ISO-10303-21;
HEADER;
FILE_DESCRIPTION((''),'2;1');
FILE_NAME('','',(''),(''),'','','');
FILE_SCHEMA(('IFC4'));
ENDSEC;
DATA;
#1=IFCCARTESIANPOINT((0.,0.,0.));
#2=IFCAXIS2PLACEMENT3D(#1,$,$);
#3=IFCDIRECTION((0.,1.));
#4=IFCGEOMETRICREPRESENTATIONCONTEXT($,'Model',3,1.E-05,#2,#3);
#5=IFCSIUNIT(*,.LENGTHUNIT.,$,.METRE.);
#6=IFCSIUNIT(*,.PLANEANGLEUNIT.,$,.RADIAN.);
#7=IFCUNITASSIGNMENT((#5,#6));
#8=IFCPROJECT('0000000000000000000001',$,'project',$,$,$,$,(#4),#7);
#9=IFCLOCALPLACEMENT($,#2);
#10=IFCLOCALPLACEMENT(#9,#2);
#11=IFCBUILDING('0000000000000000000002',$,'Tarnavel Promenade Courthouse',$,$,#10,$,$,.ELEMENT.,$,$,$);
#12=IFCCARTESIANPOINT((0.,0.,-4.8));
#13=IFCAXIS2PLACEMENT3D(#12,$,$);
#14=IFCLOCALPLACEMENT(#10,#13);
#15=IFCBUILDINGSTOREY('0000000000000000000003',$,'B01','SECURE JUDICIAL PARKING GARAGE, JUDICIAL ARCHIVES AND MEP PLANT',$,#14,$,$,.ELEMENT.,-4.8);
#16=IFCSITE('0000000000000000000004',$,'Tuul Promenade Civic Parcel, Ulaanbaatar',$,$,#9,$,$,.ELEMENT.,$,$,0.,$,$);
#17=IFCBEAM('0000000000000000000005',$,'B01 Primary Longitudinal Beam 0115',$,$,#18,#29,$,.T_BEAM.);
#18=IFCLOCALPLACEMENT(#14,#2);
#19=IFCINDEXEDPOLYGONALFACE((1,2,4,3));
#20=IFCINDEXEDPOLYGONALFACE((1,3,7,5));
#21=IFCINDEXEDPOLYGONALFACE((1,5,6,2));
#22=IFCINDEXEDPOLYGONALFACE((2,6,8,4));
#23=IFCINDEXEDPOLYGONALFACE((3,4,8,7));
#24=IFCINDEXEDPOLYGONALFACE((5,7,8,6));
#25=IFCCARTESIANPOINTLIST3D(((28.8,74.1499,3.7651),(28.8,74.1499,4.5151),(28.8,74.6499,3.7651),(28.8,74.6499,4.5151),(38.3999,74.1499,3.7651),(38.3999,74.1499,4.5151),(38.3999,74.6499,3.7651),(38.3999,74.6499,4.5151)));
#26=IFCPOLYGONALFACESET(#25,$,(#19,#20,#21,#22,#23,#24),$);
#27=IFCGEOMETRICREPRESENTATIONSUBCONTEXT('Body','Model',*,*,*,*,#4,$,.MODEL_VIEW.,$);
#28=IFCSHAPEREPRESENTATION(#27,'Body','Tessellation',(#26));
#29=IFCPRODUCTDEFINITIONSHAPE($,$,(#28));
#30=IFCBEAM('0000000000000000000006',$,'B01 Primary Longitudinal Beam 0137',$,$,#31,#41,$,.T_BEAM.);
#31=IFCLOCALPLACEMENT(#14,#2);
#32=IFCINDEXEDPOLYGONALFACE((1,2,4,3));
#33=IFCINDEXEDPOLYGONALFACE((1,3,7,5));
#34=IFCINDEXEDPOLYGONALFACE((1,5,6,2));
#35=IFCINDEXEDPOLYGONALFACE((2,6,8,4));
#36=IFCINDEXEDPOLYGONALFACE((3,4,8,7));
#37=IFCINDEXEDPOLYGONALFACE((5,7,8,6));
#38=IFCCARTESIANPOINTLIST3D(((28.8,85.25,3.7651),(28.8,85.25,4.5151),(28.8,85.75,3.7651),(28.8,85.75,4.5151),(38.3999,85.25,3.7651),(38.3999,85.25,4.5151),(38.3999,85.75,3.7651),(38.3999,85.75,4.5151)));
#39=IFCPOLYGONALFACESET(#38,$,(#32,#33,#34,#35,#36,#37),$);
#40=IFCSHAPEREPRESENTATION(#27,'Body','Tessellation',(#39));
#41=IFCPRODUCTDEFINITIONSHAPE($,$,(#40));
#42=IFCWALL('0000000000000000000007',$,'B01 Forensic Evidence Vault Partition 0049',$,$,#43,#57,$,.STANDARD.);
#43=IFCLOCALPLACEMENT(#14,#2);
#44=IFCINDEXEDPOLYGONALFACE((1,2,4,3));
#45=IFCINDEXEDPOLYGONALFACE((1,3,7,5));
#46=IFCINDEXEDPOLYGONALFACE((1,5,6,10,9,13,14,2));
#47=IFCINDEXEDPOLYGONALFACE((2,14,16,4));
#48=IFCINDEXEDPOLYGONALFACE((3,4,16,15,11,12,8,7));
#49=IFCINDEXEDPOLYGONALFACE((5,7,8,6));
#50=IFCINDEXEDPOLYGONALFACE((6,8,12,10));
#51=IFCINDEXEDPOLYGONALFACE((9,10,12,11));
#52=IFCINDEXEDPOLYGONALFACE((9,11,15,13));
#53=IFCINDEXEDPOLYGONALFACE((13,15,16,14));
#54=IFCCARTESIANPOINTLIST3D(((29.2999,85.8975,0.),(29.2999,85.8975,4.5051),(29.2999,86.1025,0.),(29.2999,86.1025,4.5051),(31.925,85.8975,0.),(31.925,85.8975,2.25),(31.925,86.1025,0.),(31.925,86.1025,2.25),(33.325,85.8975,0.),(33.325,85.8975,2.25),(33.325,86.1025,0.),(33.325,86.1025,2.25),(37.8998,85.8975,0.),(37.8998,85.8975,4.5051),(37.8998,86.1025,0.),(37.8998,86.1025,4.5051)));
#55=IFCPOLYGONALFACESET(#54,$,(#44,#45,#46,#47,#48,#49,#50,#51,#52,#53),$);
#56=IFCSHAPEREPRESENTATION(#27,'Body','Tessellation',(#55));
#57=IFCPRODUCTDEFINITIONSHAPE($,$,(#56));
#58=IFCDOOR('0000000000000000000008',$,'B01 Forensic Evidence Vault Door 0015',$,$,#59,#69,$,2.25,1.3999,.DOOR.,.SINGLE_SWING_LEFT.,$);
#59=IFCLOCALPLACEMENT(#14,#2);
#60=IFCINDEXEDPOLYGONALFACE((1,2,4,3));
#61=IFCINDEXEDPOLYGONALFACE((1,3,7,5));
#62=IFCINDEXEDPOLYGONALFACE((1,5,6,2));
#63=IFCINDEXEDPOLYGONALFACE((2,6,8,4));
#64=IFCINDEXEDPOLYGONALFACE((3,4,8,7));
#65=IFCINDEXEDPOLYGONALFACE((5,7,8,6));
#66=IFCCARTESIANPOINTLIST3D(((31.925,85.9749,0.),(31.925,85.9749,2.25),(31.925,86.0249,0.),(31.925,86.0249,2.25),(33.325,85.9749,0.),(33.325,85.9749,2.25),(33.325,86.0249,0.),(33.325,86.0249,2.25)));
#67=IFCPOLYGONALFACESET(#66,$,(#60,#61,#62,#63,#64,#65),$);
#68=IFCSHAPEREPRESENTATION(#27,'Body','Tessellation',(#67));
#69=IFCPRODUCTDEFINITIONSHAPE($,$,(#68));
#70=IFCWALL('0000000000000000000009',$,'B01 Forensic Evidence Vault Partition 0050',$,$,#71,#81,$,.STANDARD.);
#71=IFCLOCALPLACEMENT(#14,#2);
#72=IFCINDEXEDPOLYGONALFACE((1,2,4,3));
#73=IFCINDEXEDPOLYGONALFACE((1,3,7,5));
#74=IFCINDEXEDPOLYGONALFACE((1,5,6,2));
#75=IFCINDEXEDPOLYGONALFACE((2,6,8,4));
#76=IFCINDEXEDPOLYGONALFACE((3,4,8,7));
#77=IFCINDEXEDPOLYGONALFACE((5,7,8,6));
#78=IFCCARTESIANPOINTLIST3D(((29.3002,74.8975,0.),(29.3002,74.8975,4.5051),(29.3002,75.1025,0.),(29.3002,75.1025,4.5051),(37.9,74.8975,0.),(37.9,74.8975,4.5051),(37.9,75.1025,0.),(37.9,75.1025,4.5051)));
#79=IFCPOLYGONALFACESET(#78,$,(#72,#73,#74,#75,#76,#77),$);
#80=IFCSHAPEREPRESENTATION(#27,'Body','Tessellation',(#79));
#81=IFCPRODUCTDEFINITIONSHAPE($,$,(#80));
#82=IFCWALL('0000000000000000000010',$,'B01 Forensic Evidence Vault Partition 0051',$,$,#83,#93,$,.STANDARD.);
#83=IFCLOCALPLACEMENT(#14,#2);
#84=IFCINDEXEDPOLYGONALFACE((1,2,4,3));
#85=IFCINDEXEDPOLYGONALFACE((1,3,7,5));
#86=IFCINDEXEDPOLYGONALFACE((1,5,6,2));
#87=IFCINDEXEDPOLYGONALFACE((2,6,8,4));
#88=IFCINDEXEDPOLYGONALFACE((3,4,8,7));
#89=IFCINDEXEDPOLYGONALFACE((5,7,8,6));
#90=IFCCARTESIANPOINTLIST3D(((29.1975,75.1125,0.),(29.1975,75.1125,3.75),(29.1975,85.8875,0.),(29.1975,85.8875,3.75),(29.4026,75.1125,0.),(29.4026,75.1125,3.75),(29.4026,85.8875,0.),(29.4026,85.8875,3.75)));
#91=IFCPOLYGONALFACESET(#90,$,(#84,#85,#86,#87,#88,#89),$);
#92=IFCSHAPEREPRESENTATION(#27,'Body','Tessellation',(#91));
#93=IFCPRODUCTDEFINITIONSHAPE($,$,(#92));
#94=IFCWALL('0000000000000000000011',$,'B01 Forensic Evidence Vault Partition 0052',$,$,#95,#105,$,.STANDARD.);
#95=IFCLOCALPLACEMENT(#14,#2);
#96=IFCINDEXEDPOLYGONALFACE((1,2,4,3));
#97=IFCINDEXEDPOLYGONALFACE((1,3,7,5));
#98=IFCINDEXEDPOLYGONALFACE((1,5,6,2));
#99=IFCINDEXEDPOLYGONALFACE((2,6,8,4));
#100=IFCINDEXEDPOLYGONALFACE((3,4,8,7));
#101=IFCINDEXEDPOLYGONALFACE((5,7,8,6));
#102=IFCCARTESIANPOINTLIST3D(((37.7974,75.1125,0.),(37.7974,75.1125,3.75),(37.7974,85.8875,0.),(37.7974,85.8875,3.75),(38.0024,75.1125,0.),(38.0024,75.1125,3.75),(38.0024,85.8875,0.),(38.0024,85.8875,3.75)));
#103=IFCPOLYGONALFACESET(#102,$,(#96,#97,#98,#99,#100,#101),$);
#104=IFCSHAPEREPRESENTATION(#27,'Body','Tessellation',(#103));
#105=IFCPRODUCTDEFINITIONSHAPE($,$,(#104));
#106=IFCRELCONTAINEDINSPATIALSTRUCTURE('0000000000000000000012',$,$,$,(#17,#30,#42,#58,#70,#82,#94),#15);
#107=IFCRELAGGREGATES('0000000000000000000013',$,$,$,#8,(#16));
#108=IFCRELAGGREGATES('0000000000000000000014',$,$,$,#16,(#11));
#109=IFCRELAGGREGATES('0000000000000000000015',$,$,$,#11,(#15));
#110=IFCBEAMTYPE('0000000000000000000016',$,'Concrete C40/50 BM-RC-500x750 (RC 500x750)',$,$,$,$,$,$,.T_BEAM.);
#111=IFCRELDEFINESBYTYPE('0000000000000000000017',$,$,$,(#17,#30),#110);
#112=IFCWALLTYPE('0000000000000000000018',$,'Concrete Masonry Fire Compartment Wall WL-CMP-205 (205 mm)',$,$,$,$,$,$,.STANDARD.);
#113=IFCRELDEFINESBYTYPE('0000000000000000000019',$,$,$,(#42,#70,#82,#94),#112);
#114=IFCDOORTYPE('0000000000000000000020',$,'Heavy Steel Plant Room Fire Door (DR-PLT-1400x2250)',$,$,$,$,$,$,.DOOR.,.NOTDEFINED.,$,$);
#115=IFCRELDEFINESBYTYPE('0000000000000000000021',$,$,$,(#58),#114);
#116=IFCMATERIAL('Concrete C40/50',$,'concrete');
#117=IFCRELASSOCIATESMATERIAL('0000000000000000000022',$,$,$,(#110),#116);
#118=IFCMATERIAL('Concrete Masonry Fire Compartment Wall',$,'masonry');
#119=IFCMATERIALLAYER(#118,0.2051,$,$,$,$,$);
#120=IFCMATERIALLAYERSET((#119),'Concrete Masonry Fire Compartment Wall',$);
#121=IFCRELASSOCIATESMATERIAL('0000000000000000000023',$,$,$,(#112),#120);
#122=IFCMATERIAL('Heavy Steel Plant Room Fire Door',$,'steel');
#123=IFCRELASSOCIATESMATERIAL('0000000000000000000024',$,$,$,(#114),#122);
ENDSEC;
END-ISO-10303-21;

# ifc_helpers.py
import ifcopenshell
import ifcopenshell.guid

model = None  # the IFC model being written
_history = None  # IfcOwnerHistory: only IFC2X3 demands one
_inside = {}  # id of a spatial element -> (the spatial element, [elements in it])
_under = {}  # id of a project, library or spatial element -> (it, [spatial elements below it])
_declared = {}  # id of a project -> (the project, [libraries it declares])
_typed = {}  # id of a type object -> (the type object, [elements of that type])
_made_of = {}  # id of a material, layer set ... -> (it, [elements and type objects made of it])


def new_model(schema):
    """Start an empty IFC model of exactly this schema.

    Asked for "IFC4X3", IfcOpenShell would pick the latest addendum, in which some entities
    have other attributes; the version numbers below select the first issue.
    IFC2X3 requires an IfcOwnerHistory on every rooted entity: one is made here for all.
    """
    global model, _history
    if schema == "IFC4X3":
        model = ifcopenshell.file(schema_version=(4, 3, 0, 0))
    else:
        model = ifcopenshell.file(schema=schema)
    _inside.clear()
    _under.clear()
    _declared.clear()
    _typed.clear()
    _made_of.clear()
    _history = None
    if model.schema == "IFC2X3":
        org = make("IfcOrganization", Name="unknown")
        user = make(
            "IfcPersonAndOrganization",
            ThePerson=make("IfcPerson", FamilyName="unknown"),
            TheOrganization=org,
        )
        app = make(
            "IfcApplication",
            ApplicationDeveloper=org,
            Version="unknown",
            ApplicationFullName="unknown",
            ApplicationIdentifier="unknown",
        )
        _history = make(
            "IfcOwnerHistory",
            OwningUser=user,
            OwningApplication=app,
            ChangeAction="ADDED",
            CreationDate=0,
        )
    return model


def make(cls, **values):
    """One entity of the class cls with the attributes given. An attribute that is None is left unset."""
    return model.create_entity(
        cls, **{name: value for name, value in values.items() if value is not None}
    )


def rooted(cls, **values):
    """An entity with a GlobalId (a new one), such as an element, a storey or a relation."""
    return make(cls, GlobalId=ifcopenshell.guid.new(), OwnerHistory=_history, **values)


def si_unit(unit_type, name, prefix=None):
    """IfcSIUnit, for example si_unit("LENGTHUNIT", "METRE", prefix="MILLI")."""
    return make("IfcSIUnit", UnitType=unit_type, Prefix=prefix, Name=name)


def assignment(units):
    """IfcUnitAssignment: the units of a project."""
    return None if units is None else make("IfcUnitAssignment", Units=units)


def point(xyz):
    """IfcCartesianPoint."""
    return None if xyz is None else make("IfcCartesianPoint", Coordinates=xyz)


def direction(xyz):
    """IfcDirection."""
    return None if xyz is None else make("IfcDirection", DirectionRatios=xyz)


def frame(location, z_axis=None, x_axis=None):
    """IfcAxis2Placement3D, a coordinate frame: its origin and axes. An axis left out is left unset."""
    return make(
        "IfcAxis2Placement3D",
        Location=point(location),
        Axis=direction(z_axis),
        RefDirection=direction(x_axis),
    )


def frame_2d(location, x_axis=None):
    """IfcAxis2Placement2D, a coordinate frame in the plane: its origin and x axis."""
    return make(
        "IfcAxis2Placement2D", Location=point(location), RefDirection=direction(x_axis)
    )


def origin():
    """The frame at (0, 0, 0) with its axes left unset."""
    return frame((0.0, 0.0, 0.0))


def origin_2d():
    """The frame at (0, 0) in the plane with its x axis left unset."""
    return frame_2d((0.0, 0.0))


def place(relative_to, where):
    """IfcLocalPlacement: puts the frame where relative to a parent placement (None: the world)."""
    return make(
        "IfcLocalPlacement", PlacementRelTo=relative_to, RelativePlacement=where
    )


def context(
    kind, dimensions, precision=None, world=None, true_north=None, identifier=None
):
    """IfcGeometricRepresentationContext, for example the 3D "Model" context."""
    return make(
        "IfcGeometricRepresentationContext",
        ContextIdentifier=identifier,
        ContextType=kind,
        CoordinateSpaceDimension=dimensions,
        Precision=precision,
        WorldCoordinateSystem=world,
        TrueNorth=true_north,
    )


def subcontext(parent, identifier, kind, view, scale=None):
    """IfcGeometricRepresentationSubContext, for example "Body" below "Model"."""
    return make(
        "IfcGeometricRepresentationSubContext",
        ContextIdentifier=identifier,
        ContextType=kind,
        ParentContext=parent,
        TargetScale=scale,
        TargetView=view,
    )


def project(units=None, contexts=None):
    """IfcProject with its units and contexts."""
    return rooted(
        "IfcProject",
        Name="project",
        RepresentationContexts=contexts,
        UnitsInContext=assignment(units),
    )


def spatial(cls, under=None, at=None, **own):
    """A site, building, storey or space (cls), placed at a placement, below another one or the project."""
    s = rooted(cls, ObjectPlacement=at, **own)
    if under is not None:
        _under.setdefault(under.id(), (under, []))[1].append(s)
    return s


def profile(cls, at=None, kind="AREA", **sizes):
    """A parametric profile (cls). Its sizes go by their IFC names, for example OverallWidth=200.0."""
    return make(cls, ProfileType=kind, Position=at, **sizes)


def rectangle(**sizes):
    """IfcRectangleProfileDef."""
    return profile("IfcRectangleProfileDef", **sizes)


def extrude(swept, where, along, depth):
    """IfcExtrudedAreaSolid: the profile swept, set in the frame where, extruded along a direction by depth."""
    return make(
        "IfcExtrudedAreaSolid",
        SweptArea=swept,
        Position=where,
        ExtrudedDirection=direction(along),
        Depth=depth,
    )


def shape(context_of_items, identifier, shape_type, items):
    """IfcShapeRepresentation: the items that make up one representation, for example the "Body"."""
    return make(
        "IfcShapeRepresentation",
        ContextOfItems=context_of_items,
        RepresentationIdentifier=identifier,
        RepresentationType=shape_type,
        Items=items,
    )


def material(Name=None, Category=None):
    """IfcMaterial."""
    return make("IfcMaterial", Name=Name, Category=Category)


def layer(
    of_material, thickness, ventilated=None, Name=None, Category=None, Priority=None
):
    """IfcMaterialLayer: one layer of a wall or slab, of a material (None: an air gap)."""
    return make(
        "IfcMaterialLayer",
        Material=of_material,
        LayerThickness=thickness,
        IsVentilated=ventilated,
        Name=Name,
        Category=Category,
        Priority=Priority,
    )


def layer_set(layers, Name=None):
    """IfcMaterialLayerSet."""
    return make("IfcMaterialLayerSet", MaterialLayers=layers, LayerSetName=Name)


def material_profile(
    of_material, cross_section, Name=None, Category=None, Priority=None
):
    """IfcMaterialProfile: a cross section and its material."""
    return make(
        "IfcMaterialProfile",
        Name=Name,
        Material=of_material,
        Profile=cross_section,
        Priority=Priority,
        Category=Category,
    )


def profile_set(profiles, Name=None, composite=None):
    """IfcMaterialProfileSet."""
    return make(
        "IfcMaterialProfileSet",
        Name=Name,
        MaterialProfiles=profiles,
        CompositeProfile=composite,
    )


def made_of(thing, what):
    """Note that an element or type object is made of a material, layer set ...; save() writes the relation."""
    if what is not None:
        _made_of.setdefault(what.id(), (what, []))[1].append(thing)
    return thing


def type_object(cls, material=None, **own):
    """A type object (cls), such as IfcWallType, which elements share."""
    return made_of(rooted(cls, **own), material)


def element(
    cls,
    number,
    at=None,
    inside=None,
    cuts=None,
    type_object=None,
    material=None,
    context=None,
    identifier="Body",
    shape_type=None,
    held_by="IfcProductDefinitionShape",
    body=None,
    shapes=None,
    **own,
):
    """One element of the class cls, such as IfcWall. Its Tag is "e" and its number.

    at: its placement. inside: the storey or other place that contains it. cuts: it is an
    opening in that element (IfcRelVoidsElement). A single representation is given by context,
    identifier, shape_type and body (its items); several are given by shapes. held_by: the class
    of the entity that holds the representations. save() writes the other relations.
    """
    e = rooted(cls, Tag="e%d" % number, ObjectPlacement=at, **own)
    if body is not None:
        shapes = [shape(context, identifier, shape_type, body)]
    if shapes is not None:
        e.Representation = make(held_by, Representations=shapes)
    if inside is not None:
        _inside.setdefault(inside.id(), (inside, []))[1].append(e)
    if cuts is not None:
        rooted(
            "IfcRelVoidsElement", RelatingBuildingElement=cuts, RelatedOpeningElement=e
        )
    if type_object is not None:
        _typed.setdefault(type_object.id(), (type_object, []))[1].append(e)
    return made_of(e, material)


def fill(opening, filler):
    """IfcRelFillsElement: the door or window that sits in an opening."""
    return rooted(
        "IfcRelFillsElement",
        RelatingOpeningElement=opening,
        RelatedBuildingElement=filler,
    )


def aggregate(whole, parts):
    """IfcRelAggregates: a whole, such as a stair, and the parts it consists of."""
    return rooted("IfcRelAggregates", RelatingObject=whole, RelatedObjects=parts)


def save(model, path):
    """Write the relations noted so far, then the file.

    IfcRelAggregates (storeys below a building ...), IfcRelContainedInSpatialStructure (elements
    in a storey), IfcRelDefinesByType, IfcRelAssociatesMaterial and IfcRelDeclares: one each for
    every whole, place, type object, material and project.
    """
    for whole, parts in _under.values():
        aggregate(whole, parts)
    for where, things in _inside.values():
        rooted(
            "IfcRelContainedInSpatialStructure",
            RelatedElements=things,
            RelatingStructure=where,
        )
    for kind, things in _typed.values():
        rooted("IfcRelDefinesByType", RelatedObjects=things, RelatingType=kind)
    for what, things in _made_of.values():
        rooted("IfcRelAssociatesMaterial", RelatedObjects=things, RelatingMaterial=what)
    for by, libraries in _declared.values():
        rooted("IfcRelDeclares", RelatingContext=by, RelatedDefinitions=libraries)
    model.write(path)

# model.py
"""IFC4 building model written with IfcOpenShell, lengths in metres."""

from ifc_helpers import new_model, si_unit, direction, frame, frame_2d, origin, origin_2d, place, context, subcontext, project, spatial, rectangle, extrude, material, layer, layer_set, material_profile, profile_set, type_object, element, fill, save


model = new_model("IFC4")

# Units and contexts
model_context = context("Model", 3, precision=1e-05, world=origin(), true_north=direction((0.0, 1.0)))
body_context = subcontext(model_context, "Body", "Model", "MODEL_VIEW")
ifc_project = project(units=[si_unit("LENGTHUNIT", "METRE"), si_unit("PLANEANGLEUNIT", "RADIAN")], contexts=[model_context])

# Site, building, storey
site_placement = place(None, origin())
site = spatial("IfcSite", under=ifc_project, at=site_placement, Name="Tuul Promenade Civic Parcel, Ulaanbaatar", CompositionType="ELEMENT", RefElevation=0.0)
building_placement = place(site_placement, origin())
building = spatial("IfcBuilding", under=site, at=building_placement, Name="Tarnavel Promenade Courthouse", CompositionType="ELEMENT")
storey_placement = place(building_placement, frame((0.0, 0.0, -4.8)))
storey = spatial("IfcBuildingStorey", under=building, at=storey_placement, Name="B01", Description="SECURE JUDICIAL PARKING GARAGE, JUDICIAL ARCHIVES AND MEP PLANT", CompositionType="ELEMENT", Elevation=-4.8)

# Shared definitions
ifc_material_1 = material(Name="Concrete C40/50", Category="concrete")

# Beams
ifc_material_profile_1 = material_profile(ifc_material_1, rectangle(XDim=0.5, YDim=0.75, at=origin_2d()), Name="RC 500x750")
ifc_profile_set_1 = profile_set([ifc_material_profile_1], Name="Concrete C40/50")
beam_type_1 = type_object("IfcBeamType", Name="Concrete C40/50 BM-RC-500x750 (RC 500x750)", PredefinedType="T_BEAM", material=ifc_profile_set_1)
for number, where, z_axis, x_axis, name in (
    (1, (28.8, 74.3999, 4.1401), (1.0, 0.0, 0.0), (0.0, 1.0, 0.0), "B01 Primary Longitudinal Beam 0115"),
    (2, (28.8, 85.5, 4.1401), (1.0, 0.0, 0.0), (0.0, 1.0, 0.0), "B01 Primary Longitudinal Beam 0137"),
):
    element("IfcBeam", number, at=place(storey_placement, frame(where, z_axis=z_axis, x_axis=x_axis)), inside=storey, type_object=beam_type_1, Name=name, PredefinedType="T_BEAM", context=body_context, shape_type="SweptSolid", body=[
        extrude(rectangle(XDim=0.5, YDim=0.75, at=origin_2d()), origin(), (0.0, 0.0, 1.0), 9.5999),
    ])

# Wall, opening, door
ifc_material_2 = material(Name="Concrete Masonry Fire Compartment Wall", Category="masonry")
ifc_layer = layer(ifc_material_2, 0.2051)
ifc_layer_set = layer_set([ifc_layer], Name="Concrete Masonry Fire Compartment Wall")
wall_type = type_object("IfcWallType", Name="Concrete Masonry Fire Compartment Wall WL-CMP-205 (205 mm)", PredefinedType="STANDARD", material=ifc_layer_set)
wall_1_placement = place(storey_placement, frame((29.3, 86.0, 0.0), z_axis=(0.0, 0.0, 1.0), x_axis=(1.0, 0.0, 0.0)))
wall_1 = element("IfcWall", 3, at=wall_1_placement, inside=storey, type_object=wall_type, Name="B01 Forensic Evidence Vault Partition 0049", PredefinedType="STANDARD", context=body_context, shape_type="SweptSolid", body=[
    extrude(rectangle(XDim=8.5999, YDim=0.2051, at=frame_2d((4.2998, 0.0))), origin(), (0.0, 0.0, 1.0), 4.5051),
])
opening_placement = place(wall_1_placement, frame((2.625, 0.0, 0.0)))
opening = element("IfcOpeningElement", 4, at=opening_placement, cuts=wall_1, PredefinedType="OPENING", context=body_context, shape_type="SweptSolid", body=[
    extrude(rectangle(XDim=1.3999, YDim=2.25, at=frame_2d((0.7, 1.125))), frame((0.0, 0.1125, 0.0), z_axis=(0.0, -1.0, 0.0), x_axis=(1.0, 0.0, 0.0)), (0.0, 0.0, 1.0), 0.2251),
])
ifc_material_3 = material(Name="Heavy Steel Plant Room Fire Door", Category="steel")
door_type = type_object("IfcDoorType", Name="Heavy Steel Plant Room Fire Door (DR-PLT-1400x2250)", OperationType="NOTDEFINED", PredefinedType="DOOR", material=ifc_material_3)
door_placement = place(opening_placement, origin())
door = element("IfcDoor", 5, at=door_placement, inside=storey, type_object=door_type, Name="B01 Forensic Evidence Vault Door 0015", OperationType="SINGLE_SWING_LEFT", OverallHeight=2.25, OverallWidth=1.3999, PredefinedType="DOOR", context=body_context, shape_type="SweptSolid", body=[
    extrude(rectangle(XDim=1.3999, YDim=2.25, at=frame_2d((0.7, 1.125))), frame((0.0, 0.0249, 0.0), z_axis=(0.0, -1.0, 0.0), x_axis=(1.0, 0.0, 0.0)), (0.0, 0.0, 1.0), 0.05),
])
fill(opening, door)

# Walls
wall_2_placement = place(storey_placement, frame((37.8999, 75.0, 0.0), z_axis=(0.0, 0.0, 1.0), x_axis=(-1.0, 0.0, 0.0)))
element("IfcWall", 6, at=wall_2_placement, inside=storey, type_object=wall_type, Name="B01 Forensic Evidence Vault Partition 0050", PredefinedType="STANDARD", context=body_context, shape_type="SweptSolid", body=[
    extrude(rectangle(XDim=8.5999, YDim=0.2051, at=frame_2d((4.2998, 0.0))), origin(), (0.0, 0.0, 1.0), 4.5051),
])
for number, where, z_axis, x_axis, name in (
    (7, (29.3, 75.1125, 0.0), (0.0, 0.0, 1.0), (0.0, 1.0, 0.0), "B01 Forensic Evidence Vault Partition 0051"),
    (8, (37.8999, 85.8875, 0.0), (0.0, 0.0, 1.0), (0.0, -1.0, 0.0), "B01 Forensic Evidence Vault Partition 0052"),
):
    element("IfcWall", number, at=place(storey_placement, frame(where, z_axis=z_axis, x_axis=x_axis)), inside=storey, type_object=wall_type, Name=name, PredefinedType="STANDARD", context=body_context, shape_type="SweptSolid", body=[
        extrude(rectangle(XDim=10.7749, YDim=0.2051, at=frame_2d((5.3875, 0.0))), origin(), (0.0, 0.0, 1.0), 3.75),
    ])

save(model, "model.ifc")
